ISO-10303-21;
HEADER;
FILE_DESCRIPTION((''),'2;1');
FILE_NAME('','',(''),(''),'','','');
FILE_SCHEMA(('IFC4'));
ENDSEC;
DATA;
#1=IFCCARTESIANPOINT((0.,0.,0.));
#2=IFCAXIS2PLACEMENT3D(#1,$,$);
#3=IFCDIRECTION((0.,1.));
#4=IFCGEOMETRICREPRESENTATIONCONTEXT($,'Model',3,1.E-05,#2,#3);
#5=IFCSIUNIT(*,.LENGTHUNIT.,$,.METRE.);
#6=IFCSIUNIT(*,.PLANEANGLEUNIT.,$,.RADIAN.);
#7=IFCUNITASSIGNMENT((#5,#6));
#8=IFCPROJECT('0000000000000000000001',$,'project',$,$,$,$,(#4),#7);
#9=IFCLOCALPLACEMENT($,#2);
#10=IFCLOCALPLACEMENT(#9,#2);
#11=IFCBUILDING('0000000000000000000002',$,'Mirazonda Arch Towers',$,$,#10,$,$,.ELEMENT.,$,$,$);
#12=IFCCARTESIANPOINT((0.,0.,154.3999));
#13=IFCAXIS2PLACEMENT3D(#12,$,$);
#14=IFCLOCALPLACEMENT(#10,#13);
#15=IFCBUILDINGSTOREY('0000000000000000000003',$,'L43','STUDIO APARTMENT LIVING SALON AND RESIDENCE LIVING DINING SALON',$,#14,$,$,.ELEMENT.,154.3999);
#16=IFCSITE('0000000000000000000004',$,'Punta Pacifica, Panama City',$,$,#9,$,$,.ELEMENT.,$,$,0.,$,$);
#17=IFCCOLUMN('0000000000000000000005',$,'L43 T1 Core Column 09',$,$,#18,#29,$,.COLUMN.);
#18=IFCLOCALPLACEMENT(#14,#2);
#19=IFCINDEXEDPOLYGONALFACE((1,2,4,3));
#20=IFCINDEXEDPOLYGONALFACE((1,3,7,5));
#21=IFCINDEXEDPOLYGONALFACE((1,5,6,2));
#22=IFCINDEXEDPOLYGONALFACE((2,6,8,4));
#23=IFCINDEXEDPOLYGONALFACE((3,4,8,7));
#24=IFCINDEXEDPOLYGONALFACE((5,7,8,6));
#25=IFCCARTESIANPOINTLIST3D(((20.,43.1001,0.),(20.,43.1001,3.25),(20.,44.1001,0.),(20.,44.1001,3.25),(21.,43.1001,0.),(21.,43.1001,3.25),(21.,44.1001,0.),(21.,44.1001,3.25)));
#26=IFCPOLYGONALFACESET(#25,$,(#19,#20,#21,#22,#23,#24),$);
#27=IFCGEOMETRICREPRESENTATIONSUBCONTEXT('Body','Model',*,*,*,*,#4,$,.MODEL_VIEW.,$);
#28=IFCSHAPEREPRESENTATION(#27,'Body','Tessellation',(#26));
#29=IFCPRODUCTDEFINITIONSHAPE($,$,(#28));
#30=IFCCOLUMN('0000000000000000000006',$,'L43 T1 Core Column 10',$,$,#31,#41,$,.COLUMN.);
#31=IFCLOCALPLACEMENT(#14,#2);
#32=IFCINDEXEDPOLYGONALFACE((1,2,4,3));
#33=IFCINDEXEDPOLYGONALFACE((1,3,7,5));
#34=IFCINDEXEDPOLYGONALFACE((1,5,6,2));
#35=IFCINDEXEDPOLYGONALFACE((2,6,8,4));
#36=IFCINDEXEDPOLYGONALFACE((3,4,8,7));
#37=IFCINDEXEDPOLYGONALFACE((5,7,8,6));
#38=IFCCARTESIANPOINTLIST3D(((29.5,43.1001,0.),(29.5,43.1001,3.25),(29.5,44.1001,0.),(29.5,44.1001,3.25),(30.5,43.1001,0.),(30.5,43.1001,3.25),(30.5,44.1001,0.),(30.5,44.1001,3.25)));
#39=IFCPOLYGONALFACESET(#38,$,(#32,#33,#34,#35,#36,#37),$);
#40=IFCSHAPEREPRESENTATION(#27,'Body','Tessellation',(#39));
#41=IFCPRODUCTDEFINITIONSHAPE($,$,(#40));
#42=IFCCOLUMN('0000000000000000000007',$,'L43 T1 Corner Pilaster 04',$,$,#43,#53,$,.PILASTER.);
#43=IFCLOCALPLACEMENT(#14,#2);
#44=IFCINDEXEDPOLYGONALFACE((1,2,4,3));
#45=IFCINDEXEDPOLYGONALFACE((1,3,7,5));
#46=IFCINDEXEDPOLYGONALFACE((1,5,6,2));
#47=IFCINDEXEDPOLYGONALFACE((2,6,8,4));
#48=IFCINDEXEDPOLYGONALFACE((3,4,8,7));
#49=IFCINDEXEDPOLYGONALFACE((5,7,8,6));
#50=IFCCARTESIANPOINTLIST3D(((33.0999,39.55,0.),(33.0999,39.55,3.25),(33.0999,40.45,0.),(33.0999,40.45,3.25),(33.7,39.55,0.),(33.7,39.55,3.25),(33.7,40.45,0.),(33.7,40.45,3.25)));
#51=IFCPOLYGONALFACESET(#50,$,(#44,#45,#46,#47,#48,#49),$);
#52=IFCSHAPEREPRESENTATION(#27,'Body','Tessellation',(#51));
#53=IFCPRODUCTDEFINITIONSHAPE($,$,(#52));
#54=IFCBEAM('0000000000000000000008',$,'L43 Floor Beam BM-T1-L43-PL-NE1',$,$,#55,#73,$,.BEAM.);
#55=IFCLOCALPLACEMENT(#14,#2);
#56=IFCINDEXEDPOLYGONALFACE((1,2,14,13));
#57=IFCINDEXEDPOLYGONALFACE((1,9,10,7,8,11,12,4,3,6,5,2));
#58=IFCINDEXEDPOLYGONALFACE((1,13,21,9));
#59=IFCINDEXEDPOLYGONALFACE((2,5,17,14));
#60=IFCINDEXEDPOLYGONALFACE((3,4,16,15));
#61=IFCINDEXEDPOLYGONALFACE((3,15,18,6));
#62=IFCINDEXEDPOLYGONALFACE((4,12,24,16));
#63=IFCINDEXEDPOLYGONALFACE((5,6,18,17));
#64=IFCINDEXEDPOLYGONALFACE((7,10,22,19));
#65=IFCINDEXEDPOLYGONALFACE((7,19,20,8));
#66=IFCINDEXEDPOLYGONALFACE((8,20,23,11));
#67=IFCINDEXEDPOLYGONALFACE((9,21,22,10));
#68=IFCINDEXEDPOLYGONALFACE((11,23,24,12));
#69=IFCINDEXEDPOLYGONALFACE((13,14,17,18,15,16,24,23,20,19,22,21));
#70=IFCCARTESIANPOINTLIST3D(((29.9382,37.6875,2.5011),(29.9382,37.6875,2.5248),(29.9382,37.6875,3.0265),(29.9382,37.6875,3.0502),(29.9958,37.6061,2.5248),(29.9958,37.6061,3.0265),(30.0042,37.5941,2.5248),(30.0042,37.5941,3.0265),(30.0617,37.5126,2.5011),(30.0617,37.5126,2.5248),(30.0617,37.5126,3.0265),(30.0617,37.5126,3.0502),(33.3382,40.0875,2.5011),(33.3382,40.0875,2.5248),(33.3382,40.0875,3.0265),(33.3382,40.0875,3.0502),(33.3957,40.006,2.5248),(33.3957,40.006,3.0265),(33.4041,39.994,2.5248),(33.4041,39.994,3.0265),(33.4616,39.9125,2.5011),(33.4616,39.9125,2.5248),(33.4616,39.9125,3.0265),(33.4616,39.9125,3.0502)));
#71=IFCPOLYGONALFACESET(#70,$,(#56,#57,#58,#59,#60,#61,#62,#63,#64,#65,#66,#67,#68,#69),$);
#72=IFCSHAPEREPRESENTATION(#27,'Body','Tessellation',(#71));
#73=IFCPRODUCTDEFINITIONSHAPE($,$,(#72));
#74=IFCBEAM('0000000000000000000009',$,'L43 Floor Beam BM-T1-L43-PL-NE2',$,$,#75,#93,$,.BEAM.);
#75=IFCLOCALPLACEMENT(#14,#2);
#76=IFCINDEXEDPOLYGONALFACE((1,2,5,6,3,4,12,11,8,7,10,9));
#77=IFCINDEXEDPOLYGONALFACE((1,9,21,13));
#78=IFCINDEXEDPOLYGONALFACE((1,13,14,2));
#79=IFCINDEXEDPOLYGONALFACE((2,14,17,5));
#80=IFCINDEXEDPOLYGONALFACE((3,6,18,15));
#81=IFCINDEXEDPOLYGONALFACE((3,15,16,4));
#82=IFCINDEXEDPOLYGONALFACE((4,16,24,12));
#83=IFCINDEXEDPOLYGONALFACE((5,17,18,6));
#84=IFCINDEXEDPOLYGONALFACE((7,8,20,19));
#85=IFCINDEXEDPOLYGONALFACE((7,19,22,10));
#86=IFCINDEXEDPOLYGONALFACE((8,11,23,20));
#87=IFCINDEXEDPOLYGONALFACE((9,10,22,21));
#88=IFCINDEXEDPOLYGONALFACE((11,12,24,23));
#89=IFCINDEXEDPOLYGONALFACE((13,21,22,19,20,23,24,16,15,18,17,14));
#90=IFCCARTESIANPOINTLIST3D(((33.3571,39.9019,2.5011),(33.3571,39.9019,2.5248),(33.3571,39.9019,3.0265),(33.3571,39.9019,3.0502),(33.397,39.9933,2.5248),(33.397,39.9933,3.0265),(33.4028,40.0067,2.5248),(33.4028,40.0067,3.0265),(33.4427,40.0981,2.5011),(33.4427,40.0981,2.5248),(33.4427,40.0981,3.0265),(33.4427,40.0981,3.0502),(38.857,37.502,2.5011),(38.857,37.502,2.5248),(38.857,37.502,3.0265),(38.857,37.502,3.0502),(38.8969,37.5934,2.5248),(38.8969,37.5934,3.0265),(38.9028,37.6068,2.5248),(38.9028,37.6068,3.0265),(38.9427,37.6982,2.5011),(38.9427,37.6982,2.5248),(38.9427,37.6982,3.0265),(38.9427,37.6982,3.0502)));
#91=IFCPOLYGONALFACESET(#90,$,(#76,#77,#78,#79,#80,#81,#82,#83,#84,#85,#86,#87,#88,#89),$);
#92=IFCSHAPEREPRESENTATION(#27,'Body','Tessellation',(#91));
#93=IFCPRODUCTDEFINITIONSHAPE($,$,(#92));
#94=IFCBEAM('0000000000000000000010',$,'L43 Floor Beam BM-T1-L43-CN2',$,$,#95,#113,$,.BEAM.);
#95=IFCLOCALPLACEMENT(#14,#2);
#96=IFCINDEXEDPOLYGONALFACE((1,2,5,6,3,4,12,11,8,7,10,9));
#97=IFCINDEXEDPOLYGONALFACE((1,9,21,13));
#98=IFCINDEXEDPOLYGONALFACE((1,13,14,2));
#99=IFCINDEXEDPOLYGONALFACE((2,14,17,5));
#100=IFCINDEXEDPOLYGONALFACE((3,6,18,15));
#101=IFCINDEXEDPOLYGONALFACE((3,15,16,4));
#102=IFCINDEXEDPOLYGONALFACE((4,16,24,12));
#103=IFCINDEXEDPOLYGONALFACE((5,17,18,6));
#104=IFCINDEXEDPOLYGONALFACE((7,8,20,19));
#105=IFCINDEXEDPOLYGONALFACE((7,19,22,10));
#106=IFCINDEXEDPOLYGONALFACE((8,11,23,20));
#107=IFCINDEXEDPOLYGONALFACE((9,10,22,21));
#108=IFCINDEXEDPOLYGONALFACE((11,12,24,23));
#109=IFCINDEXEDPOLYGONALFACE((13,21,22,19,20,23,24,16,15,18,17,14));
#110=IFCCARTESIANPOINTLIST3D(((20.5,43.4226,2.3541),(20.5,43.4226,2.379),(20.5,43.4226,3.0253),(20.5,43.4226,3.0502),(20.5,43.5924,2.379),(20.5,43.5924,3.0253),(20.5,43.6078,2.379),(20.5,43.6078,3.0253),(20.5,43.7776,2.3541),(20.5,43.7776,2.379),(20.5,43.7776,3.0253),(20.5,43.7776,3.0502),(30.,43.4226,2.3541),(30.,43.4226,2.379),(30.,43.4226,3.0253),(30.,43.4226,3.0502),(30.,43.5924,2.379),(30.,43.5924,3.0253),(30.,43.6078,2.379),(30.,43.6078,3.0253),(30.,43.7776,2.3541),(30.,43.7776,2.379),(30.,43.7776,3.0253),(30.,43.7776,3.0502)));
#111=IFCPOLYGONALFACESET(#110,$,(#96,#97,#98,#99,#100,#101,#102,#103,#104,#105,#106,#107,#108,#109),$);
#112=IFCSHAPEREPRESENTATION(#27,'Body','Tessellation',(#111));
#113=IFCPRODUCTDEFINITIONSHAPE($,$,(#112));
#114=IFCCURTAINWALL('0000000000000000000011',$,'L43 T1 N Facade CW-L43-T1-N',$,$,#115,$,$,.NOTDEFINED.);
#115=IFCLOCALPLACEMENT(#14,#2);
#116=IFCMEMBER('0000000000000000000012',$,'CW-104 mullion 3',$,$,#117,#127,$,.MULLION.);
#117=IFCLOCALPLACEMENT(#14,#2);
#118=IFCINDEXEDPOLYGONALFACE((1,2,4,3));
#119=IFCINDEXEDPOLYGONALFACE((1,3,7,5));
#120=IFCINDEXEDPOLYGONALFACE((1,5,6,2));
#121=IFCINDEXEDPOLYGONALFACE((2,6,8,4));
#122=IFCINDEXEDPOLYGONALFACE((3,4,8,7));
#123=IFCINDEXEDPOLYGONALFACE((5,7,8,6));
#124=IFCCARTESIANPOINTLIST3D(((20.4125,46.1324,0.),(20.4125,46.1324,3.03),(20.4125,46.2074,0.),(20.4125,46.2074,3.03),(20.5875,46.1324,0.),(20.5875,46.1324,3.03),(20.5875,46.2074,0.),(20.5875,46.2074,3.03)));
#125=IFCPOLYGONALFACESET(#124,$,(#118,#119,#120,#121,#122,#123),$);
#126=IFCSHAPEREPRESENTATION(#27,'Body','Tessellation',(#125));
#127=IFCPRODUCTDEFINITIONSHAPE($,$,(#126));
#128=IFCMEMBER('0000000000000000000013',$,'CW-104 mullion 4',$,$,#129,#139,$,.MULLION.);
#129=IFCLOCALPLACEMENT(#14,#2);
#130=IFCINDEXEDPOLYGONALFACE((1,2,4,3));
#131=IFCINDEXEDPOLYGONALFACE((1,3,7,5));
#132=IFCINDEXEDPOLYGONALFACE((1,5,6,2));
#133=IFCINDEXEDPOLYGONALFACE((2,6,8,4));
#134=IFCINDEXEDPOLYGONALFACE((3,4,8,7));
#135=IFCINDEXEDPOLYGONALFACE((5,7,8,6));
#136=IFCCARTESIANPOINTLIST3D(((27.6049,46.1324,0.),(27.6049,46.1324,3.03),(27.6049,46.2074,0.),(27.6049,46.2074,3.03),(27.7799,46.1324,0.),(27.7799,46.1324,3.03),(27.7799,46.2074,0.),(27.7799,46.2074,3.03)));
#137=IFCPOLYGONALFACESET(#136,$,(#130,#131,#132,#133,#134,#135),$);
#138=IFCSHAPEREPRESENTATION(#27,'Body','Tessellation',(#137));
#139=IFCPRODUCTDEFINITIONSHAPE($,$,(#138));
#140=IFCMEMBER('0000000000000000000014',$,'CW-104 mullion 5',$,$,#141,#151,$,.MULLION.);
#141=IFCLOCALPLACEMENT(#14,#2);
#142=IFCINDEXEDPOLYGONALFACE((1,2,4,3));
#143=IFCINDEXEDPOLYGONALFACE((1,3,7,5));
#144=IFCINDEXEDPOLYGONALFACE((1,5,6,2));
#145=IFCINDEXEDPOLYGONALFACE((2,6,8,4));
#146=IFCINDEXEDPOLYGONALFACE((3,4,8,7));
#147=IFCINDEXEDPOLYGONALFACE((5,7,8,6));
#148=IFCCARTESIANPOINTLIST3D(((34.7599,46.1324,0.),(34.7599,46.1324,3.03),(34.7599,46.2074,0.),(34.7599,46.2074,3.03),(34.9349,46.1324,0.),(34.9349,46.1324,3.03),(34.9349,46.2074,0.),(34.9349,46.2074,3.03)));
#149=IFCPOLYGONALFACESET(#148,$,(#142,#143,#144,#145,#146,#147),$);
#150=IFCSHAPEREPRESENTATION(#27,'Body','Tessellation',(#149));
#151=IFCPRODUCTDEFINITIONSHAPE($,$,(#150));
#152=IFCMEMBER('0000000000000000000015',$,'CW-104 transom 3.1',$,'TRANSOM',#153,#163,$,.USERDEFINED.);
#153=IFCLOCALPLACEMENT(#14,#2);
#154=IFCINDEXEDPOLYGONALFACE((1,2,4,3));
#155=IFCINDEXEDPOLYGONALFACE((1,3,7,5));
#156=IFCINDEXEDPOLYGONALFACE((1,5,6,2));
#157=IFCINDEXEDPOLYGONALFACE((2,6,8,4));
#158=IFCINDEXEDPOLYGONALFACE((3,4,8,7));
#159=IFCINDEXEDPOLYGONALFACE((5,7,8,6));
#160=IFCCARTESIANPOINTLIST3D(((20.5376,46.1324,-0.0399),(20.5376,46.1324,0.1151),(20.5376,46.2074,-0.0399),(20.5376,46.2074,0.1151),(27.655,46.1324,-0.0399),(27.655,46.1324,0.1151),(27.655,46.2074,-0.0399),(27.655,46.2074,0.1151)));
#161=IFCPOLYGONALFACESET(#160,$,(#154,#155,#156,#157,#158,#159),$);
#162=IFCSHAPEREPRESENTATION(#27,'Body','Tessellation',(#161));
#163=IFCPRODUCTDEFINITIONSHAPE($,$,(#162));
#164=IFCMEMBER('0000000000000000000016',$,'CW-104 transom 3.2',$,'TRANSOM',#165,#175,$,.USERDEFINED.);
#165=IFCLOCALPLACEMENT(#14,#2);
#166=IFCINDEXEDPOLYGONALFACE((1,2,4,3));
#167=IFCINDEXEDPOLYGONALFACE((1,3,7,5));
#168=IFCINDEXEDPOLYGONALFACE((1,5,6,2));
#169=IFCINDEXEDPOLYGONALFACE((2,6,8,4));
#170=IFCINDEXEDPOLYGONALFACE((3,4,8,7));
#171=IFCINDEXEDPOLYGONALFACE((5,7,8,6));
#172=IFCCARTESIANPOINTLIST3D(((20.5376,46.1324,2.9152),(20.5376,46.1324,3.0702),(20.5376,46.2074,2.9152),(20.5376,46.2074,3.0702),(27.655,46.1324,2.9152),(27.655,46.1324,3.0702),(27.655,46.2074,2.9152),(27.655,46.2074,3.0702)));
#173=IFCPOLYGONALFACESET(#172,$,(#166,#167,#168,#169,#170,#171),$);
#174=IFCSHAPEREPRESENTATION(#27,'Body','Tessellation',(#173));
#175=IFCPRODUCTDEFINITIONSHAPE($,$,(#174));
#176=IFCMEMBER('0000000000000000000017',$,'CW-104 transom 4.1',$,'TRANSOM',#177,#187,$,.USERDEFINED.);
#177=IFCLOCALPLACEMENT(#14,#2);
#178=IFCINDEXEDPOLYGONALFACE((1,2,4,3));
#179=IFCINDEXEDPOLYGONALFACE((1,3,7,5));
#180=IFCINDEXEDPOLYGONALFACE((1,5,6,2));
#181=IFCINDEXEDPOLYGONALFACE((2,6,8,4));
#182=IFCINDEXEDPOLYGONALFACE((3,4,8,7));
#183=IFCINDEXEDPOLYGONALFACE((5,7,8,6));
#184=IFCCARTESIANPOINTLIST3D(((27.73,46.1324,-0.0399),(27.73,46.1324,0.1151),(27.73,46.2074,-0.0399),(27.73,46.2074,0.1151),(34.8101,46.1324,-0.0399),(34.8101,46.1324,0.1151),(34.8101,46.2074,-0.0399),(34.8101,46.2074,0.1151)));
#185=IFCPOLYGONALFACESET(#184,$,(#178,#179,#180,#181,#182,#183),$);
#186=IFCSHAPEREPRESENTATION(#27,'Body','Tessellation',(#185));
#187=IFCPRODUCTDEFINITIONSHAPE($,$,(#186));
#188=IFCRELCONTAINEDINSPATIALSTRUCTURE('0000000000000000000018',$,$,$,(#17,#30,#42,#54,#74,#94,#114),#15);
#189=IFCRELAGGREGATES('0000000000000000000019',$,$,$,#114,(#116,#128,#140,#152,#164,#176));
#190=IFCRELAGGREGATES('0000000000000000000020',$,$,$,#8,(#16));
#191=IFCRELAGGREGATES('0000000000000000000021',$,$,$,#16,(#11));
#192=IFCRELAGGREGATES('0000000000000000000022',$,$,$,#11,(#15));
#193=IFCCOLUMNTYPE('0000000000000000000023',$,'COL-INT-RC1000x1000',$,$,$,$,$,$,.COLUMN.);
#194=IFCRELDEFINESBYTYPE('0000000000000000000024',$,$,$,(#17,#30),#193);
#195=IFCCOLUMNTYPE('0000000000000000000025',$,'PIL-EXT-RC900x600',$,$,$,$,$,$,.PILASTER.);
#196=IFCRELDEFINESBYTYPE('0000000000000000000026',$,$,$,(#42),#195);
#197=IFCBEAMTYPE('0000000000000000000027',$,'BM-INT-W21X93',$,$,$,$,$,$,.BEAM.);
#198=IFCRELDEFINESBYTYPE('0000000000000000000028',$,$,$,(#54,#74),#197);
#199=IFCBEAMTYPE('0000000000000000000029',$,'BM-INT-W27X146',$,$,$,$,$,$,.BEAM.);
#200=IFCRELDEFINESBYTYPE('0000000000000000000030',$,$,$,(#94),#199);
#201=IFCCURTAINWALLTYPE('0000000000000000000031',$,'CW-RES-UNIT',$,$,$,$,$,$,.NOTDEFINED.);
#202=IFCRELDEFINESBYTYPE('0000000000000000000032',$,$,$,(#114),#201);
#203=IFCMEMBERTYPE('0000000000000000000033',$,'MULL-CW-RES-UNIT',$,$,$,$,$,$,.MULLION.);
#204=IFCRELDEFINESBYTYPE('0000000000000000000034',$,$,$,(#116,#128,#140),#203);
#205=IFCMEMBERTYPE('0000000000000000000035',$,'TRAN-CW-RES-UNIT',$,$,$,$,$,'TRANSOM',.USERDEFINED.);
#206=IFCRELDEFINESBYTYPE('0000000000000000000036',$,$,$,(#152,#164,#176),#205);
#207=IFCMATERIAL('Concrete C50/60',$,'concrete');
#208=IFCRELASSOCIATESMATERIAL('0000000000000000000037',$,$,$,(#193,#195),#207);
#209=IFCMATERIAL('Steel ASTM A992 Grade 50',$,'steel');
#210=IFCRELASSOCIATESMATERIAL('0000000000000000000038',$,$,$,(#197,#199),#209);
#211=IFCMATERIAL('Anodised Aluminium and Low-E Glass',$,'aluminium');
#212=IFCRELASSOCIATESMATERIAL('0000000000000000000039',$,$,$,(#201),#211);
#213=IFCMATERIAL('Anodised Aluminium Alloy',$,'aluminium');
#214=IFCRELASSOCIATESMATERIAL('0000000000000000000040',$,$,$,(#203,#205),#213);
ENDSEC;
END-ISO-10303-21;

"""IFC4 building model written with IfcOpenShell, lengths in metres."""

from ifc_helpers import new_model, si_unit, direction, frame, origin, origin_2d, place, context, subcontext, project, spatial, rectangle, i_section, extrude, material, material_profile, profile_set, type_object, element, aggregate, save


model = new_model("IFC4")

# Units and contexts
model_context = context("Model", 3, precision=1e-05, world=origin(), true_north=direction((0.0, 1.0)))
body_context = subcontext(model_context, "Body", "Model", "MODEL_VIEW")
ifc_project = project(units=[si_unit("LENGTHUNIT", "METRE"), si_unit("PLANEANGLEUNIT", "RADIAN")], contexts=[model_context])

# Site, building, storey
site_placement = place(None, origin())
site = spatial("IfcSite", under=ifc_project, at=site_placement, Name="Punta Pacifica, Panama City", CompositionType="ELEMENT", RefElevation=0.0)
building_placement = place(site_placement, origin())
building = spatial("IfcBuilding", under=site, at=building_placement, Name="Mirazonda Arch Towers", CompositionType="ELEMENT")
storey_placement = place(building_placement, frame((0.0, 0.0, 154.3999)))
storey = spatial("IfcBuildingStorey", under=building, at=storey_placement, Name="L43", Description="STUDIO APARTMENT LIVING SALON AND RESIDENCE LIVING DINING SALON", CompositionType="ELEMENT", Elevation=154.3999)

# Columns
ifc_material_1 = material(Name="Concrete C50/60", Category="concrete")
ifc_material_profile_1 = material_profile(ifc_material_1, rectangle(XDim=1.0, YDim=1.0, at=origin_2d()), Name="RC1000x1000")
ifc_profile_set_1 = profile_set([ifc_material_profile_1], Name="Concrete C50/60")
column_type_1 = type_object("IfcColumnType", Name="COL-INT-RC1000x1000", PredefinedType="COLUMN", material=ifc_profile_set_1)
for number, where, z_axis, x_axis, name in (
    (1, (20.5, 43.6001, 0.0), (0.0, 0.0, 1.0), (1.0, 0.0, 0.0), "L43 T1 Core Column 09"),
    (2, (30.0, 43.6001, 0.0), (0.0, 0.0, 1.0), (1.0, 0.0, 0.0), "L43 T1 Core Column 10"),
):
    element("IfcColumn", number, at=place(storey_placement, frame(where, z_axis=z_axis, x_axis=x_axis)), inside=storey, type_object=column_type_1, Name=name, PredefinedType="COLUMN", context=body_context, shape_type="SweptSolid", body=[
        extrude(rectangle(XDim=1.0, YDim=1.0, at=origin_2d()), origin(), (0.0, 0.0, 1.0), 3.25),
    ])
ifc_material_profile_2 = material_profile(ifc_material_1, rectangle(XDim=0.6001, YDim=0.8999, at=origin_2d()), Name="RC900x600")
ifc_profile_set_2 = profile_set([ifc_material_profile_2], Name="Concrete C50/60")
column_type_2 = type_object("IfcColumnType", Name="PIL-EXT-RC900x600", PredefinedType="PILASTER", material=ifc_profile_set_2)
column_placement = place(storey_placement, frame((33.3999, 40.0, 0.0), z_axis=(0.0, 0.0, 1.0), x_axis=(1.0, 0.0, 0.0)))
element("IfcColumn", 3, at=column_placement, inside=storey, type_object=column_type_2, Name="L43 T1 Corner Pilaster 04", PredefinedType="PILASTER", context=body_context, shape_type="SweptSolid", body=[
    extrude(rectangle(XDim=0.6001, YDim=0.8999, at=origin_2d()), origin(), (0.0, 0.0, 1.0), 3.25),
])

# Beams
ifc_material_2 = material(Name="Steel ASTM A992 Grade 50", Category="steel")
ifc_material_profile_3 = material_profile(ifc_material_2, i_section(OverallWidth=0.2141, OverallDepth=0.5491, WebThickness=0.0146, FlangeThickness=0.0237, at=origin_2d()), Name="W21X93")
ifc_profile_set_3 = profile_set([ifc_material_profile_3], Name="Steel ASTM A992 Grade 50")
beam_type_1 = type_object("IfcBeamType", Name="BM-INT-W21X93", PredefinedType="BEAM", material=ifc_profile_set_3)
beam_1_placement = place(storey_placement, frame((33.3999, 40.0, 2.7756), z_axis=(-0.816971, -0.576679, 0.0), x_axis=(0.576679, -0.816971, 0.0)))
element("IfcBeam", 4, at=beam_1_placement, inside=storey, type_object=beam_type_1, Name="L43 Floor Beam BM-T1-L43-PL-NE1", PredefinedType="BEAM", context=body_context, shape_type="SweptSolid", body=[
    extrude(i_section(OverallWidth=0.2141, OverallDepth=0.5491, WebThickness=0.0146, FlangeThickness=0.0237, at=origin_2d()), origin(), (0.0, 0.0, 1.0), 4.1616),
])
beam_2_placement = place(storey_placement, frame((33.3999, 40.0, 2.7756), z_axis=(0.916545, -0.399931, 0.0), x_axis=(0.399931, 0.916545, 0.0)))
element("IfcBeam", 5, at=beam_2_placement, inside=storey, type_object=beam_type_1, Name="L43 Floor Beam BM-T1-L43-PL-NE2", PredefinedType="BEAM", context=body_context, shape_type="SweptSolid", body=[
    extrude(i_section(OverallWidth=0.2141, OverallDepth=0.5491, WebThickness=0.0146, FlangeThickness=0.0237, at=origin_2d()), origin(), (0.0, 0.0, 1.0), 6.0007),
])
ifc_material_profile_4 = material_profile(ifc_material_2, i_section(OverallWidth=0.355, OverallDepth=0.696, WebThickness=0.0154, FlangeThickness=0.0249, at=origin_2d()), Name="W27X146")
ifc_profile_set_4 = profile_set([ifc_material_profile_4], Name="Steel ASTM A992 Grade 50")
beam_type_2 = type_object("IfcBeamType", Name="BM-INT-W27X146", PredefinedType="BEAM", material=ifc_profile_set_4)
beam_3_placement = place(storey_placement, frame((20.5, 43.6001, 2.7021), z_axis=(1.0, 0.0, 0.0), x_axis=(0.0, 1.0, 0.0)))
element("IfcBeam", 6, at=beam_3_placement, inside=storey, type_object=beam_type_2, Name="L43 Floor Beam BM-T1-L43-CN2", PredefinedType="BEAM", context=body_context, shape_type="SweptSolid", body=[
    extrude(i_section(OverallWidth=0.355, OverallDepth=0.696, WebThickness=0.0154, FlangeThickness=0.0249, at=origin_2d()), origin(), (0.0, 0.0, 1.0), 9.5),
])

# Curtain wall, members
ifc_material_3 = material(Name="Anodised Aluminium and Low-E Glass", Category="aluminium")
curtain_wall_type = type_object("IfcCurtainWallType", Name="CW-RES-UNIT", PredefinedType="NOTDEFINED", material=ifc_material_3)
curtain_wall_placement = place(storey_placement, origin())
curtain_wall = element("IfcCurtainWall", 7, at=curtain_wall_placement, inside=storey, type_object=curtain_wall_type, Name="L43 T1 N Facade CW-L43-T1-N", PredefinedType="NOTDEFINED")
ifc_material_4 = material(Name="Anodised Aluminium Alloy", Category="aluminium")
ifc_material_profile_5 = material_profile(ifc_material_4, rectangle(XDim=0.075, YDim=0.175, at=origin_2d()), Name="ALU-MULL-75x175")
ifc_profile_set_5 = profile_set([ifc_material_profile_5], Name="Anodised Aluminium Alloy")
member_type_1 = type_object("IfcMemberType", Name="MULL-CW-RES-UNIT", PredefinedType="MULLION", material=ifc_profile_set_5)
member_1_placement = place(storey_placement, frame((20.5, 46.1699, 0.0), z_axis=(0.0, 0.0, 1.0), x_axis=(0.0, 1.0, 0.0)))
member_1 = element("IfcMember", 8, at=member_1_placement, type_object=member_type_1, Name="CW-104 mullion 3", PredefinedType="MULLION", context=body_context, shape_type="SweptSolid", body=[
    extrude(rectangle(XDim=0.075, YDim=0.175, at=origin_2d()), origin(), (0.0, 0.0, 1.0), 3.03),
])
member_2_placement = place(storey_placement, frame((27.6924, 46.1699, 0.0), z_axis=(0.0, 0.0, 1.0), x_axis=(0.0, 1.0, 0.0)))
member_2 = element("IfcMember", 9, at=member_2_placement, type_object=member_type_1, Name="CW-104 mullion 4", PredefinedType="MULLION", context=body_context, shape_type="SweptSolid", body=[
    extrude(rectangle(XDim=0.075, YDim=0.175, at=origin_2d()), origin(), (0.0, 0.0, 1.0), 3.03),
])
member_3_placement = place(storey_placement, frame((34.8474, 46.1699, 0.0), z_axis=(0.0, 0.0, 1.0), x_axis=(0.0, 1.0, 0.0)))
member_3 = element("IfcMember", 10, at=member_3_placement, type_object=member_type_1, Name="CW-104 mullion 5", PredefinedType="MULLION", context=body_context, shape_type="SweptSolid", body=[
    extrude(rectangle(XDim=0.075, YDim=0.175, at=origin_2d()), origin(), (0.0, 0.0, 1.0), 3.03),
])
ifc_material_profile_6 = material_profile(ifc_material_4, rectangle(XDim=0.075, YDim=0.155, at=origin_2d()), Name="ALU-TRAN-75x155")
ifc_profile_set_6 = profile_set([ifc_material_profile_6], Name="Anodised Aluminium Alloy")
member_type_2 = type_object("IfcMemberType", Name="TRAN-CW-RES-UNIT", ElementType="TRANSOM", PredefinedType="USERDEFINED", material=ifc_profile_set_6)
member_4_placement = place(storey_placement, frame((20.5376, 46.1699, 0.0376), z_axis=(1.0, 0.0, 0.0), x_axis=(0.0, 1.0, 0.0)))
member_4 = element("IfcMember", 11, at=member_4_placement, type_object=member_type_2, Name="CW-104 transom 3.1", ObjectType="TRANSOM", PredefinedType="USERDEFINED", context=body_context, shape_type="SweptSolid", body=[
    extrude(rectangle(XDim=0.075, YDim=0.155, at=origin_2d()), origin(), (0.0, 0.0, 1.0), 7.1174),
])
member_5_placement = place(storey_placement, frame((20.5376, 46.1699, 2.9927), z_axis=(1.0, 0.0, 0.0), x_axis=(0.0, 1.0, 0.0)))
member_5 = element("IfcMember", 12, at=member_5_placement, type_object=member_type_2, Name="CW-104 transom 3.2", ObjectType="TRANSOM", PredefinedType="USERDEFINED", context=body_context, shape_type="SweptSolid", body=[
    extrude(rectangle(XDim=0.075, YDim=0.155, at=origin_2d()), origin(), (0.0, 0.0, 1.0), 7.1174),
])
member_6_placement = place(storey_placement, frame((27.73, 46.1699, 0.0376), z_axis=(1.0, 0.0, 0.0), x_axis=(0.0, 1.0, 0.0)))
member_6 = element("IfcMember", 13, at=member_6_placement, type_object=member_type_2, Name="CW-104 transom 4.1", ObjectType="TRANSOM", PredefinedType="USERDEFINED", context=body_context, shape_type="SweptSolid", body=[
    extrude(rectangle(XDim=0.075, YDim=0.155, at=origin_2d()), origin(), (0.0, 0.0, 1.0), 7.0801),
])
aggregate(curtain_wall, [member_1, member_2, member_3, member_4, member_5, member_6])

save(model, "model.ifc")
